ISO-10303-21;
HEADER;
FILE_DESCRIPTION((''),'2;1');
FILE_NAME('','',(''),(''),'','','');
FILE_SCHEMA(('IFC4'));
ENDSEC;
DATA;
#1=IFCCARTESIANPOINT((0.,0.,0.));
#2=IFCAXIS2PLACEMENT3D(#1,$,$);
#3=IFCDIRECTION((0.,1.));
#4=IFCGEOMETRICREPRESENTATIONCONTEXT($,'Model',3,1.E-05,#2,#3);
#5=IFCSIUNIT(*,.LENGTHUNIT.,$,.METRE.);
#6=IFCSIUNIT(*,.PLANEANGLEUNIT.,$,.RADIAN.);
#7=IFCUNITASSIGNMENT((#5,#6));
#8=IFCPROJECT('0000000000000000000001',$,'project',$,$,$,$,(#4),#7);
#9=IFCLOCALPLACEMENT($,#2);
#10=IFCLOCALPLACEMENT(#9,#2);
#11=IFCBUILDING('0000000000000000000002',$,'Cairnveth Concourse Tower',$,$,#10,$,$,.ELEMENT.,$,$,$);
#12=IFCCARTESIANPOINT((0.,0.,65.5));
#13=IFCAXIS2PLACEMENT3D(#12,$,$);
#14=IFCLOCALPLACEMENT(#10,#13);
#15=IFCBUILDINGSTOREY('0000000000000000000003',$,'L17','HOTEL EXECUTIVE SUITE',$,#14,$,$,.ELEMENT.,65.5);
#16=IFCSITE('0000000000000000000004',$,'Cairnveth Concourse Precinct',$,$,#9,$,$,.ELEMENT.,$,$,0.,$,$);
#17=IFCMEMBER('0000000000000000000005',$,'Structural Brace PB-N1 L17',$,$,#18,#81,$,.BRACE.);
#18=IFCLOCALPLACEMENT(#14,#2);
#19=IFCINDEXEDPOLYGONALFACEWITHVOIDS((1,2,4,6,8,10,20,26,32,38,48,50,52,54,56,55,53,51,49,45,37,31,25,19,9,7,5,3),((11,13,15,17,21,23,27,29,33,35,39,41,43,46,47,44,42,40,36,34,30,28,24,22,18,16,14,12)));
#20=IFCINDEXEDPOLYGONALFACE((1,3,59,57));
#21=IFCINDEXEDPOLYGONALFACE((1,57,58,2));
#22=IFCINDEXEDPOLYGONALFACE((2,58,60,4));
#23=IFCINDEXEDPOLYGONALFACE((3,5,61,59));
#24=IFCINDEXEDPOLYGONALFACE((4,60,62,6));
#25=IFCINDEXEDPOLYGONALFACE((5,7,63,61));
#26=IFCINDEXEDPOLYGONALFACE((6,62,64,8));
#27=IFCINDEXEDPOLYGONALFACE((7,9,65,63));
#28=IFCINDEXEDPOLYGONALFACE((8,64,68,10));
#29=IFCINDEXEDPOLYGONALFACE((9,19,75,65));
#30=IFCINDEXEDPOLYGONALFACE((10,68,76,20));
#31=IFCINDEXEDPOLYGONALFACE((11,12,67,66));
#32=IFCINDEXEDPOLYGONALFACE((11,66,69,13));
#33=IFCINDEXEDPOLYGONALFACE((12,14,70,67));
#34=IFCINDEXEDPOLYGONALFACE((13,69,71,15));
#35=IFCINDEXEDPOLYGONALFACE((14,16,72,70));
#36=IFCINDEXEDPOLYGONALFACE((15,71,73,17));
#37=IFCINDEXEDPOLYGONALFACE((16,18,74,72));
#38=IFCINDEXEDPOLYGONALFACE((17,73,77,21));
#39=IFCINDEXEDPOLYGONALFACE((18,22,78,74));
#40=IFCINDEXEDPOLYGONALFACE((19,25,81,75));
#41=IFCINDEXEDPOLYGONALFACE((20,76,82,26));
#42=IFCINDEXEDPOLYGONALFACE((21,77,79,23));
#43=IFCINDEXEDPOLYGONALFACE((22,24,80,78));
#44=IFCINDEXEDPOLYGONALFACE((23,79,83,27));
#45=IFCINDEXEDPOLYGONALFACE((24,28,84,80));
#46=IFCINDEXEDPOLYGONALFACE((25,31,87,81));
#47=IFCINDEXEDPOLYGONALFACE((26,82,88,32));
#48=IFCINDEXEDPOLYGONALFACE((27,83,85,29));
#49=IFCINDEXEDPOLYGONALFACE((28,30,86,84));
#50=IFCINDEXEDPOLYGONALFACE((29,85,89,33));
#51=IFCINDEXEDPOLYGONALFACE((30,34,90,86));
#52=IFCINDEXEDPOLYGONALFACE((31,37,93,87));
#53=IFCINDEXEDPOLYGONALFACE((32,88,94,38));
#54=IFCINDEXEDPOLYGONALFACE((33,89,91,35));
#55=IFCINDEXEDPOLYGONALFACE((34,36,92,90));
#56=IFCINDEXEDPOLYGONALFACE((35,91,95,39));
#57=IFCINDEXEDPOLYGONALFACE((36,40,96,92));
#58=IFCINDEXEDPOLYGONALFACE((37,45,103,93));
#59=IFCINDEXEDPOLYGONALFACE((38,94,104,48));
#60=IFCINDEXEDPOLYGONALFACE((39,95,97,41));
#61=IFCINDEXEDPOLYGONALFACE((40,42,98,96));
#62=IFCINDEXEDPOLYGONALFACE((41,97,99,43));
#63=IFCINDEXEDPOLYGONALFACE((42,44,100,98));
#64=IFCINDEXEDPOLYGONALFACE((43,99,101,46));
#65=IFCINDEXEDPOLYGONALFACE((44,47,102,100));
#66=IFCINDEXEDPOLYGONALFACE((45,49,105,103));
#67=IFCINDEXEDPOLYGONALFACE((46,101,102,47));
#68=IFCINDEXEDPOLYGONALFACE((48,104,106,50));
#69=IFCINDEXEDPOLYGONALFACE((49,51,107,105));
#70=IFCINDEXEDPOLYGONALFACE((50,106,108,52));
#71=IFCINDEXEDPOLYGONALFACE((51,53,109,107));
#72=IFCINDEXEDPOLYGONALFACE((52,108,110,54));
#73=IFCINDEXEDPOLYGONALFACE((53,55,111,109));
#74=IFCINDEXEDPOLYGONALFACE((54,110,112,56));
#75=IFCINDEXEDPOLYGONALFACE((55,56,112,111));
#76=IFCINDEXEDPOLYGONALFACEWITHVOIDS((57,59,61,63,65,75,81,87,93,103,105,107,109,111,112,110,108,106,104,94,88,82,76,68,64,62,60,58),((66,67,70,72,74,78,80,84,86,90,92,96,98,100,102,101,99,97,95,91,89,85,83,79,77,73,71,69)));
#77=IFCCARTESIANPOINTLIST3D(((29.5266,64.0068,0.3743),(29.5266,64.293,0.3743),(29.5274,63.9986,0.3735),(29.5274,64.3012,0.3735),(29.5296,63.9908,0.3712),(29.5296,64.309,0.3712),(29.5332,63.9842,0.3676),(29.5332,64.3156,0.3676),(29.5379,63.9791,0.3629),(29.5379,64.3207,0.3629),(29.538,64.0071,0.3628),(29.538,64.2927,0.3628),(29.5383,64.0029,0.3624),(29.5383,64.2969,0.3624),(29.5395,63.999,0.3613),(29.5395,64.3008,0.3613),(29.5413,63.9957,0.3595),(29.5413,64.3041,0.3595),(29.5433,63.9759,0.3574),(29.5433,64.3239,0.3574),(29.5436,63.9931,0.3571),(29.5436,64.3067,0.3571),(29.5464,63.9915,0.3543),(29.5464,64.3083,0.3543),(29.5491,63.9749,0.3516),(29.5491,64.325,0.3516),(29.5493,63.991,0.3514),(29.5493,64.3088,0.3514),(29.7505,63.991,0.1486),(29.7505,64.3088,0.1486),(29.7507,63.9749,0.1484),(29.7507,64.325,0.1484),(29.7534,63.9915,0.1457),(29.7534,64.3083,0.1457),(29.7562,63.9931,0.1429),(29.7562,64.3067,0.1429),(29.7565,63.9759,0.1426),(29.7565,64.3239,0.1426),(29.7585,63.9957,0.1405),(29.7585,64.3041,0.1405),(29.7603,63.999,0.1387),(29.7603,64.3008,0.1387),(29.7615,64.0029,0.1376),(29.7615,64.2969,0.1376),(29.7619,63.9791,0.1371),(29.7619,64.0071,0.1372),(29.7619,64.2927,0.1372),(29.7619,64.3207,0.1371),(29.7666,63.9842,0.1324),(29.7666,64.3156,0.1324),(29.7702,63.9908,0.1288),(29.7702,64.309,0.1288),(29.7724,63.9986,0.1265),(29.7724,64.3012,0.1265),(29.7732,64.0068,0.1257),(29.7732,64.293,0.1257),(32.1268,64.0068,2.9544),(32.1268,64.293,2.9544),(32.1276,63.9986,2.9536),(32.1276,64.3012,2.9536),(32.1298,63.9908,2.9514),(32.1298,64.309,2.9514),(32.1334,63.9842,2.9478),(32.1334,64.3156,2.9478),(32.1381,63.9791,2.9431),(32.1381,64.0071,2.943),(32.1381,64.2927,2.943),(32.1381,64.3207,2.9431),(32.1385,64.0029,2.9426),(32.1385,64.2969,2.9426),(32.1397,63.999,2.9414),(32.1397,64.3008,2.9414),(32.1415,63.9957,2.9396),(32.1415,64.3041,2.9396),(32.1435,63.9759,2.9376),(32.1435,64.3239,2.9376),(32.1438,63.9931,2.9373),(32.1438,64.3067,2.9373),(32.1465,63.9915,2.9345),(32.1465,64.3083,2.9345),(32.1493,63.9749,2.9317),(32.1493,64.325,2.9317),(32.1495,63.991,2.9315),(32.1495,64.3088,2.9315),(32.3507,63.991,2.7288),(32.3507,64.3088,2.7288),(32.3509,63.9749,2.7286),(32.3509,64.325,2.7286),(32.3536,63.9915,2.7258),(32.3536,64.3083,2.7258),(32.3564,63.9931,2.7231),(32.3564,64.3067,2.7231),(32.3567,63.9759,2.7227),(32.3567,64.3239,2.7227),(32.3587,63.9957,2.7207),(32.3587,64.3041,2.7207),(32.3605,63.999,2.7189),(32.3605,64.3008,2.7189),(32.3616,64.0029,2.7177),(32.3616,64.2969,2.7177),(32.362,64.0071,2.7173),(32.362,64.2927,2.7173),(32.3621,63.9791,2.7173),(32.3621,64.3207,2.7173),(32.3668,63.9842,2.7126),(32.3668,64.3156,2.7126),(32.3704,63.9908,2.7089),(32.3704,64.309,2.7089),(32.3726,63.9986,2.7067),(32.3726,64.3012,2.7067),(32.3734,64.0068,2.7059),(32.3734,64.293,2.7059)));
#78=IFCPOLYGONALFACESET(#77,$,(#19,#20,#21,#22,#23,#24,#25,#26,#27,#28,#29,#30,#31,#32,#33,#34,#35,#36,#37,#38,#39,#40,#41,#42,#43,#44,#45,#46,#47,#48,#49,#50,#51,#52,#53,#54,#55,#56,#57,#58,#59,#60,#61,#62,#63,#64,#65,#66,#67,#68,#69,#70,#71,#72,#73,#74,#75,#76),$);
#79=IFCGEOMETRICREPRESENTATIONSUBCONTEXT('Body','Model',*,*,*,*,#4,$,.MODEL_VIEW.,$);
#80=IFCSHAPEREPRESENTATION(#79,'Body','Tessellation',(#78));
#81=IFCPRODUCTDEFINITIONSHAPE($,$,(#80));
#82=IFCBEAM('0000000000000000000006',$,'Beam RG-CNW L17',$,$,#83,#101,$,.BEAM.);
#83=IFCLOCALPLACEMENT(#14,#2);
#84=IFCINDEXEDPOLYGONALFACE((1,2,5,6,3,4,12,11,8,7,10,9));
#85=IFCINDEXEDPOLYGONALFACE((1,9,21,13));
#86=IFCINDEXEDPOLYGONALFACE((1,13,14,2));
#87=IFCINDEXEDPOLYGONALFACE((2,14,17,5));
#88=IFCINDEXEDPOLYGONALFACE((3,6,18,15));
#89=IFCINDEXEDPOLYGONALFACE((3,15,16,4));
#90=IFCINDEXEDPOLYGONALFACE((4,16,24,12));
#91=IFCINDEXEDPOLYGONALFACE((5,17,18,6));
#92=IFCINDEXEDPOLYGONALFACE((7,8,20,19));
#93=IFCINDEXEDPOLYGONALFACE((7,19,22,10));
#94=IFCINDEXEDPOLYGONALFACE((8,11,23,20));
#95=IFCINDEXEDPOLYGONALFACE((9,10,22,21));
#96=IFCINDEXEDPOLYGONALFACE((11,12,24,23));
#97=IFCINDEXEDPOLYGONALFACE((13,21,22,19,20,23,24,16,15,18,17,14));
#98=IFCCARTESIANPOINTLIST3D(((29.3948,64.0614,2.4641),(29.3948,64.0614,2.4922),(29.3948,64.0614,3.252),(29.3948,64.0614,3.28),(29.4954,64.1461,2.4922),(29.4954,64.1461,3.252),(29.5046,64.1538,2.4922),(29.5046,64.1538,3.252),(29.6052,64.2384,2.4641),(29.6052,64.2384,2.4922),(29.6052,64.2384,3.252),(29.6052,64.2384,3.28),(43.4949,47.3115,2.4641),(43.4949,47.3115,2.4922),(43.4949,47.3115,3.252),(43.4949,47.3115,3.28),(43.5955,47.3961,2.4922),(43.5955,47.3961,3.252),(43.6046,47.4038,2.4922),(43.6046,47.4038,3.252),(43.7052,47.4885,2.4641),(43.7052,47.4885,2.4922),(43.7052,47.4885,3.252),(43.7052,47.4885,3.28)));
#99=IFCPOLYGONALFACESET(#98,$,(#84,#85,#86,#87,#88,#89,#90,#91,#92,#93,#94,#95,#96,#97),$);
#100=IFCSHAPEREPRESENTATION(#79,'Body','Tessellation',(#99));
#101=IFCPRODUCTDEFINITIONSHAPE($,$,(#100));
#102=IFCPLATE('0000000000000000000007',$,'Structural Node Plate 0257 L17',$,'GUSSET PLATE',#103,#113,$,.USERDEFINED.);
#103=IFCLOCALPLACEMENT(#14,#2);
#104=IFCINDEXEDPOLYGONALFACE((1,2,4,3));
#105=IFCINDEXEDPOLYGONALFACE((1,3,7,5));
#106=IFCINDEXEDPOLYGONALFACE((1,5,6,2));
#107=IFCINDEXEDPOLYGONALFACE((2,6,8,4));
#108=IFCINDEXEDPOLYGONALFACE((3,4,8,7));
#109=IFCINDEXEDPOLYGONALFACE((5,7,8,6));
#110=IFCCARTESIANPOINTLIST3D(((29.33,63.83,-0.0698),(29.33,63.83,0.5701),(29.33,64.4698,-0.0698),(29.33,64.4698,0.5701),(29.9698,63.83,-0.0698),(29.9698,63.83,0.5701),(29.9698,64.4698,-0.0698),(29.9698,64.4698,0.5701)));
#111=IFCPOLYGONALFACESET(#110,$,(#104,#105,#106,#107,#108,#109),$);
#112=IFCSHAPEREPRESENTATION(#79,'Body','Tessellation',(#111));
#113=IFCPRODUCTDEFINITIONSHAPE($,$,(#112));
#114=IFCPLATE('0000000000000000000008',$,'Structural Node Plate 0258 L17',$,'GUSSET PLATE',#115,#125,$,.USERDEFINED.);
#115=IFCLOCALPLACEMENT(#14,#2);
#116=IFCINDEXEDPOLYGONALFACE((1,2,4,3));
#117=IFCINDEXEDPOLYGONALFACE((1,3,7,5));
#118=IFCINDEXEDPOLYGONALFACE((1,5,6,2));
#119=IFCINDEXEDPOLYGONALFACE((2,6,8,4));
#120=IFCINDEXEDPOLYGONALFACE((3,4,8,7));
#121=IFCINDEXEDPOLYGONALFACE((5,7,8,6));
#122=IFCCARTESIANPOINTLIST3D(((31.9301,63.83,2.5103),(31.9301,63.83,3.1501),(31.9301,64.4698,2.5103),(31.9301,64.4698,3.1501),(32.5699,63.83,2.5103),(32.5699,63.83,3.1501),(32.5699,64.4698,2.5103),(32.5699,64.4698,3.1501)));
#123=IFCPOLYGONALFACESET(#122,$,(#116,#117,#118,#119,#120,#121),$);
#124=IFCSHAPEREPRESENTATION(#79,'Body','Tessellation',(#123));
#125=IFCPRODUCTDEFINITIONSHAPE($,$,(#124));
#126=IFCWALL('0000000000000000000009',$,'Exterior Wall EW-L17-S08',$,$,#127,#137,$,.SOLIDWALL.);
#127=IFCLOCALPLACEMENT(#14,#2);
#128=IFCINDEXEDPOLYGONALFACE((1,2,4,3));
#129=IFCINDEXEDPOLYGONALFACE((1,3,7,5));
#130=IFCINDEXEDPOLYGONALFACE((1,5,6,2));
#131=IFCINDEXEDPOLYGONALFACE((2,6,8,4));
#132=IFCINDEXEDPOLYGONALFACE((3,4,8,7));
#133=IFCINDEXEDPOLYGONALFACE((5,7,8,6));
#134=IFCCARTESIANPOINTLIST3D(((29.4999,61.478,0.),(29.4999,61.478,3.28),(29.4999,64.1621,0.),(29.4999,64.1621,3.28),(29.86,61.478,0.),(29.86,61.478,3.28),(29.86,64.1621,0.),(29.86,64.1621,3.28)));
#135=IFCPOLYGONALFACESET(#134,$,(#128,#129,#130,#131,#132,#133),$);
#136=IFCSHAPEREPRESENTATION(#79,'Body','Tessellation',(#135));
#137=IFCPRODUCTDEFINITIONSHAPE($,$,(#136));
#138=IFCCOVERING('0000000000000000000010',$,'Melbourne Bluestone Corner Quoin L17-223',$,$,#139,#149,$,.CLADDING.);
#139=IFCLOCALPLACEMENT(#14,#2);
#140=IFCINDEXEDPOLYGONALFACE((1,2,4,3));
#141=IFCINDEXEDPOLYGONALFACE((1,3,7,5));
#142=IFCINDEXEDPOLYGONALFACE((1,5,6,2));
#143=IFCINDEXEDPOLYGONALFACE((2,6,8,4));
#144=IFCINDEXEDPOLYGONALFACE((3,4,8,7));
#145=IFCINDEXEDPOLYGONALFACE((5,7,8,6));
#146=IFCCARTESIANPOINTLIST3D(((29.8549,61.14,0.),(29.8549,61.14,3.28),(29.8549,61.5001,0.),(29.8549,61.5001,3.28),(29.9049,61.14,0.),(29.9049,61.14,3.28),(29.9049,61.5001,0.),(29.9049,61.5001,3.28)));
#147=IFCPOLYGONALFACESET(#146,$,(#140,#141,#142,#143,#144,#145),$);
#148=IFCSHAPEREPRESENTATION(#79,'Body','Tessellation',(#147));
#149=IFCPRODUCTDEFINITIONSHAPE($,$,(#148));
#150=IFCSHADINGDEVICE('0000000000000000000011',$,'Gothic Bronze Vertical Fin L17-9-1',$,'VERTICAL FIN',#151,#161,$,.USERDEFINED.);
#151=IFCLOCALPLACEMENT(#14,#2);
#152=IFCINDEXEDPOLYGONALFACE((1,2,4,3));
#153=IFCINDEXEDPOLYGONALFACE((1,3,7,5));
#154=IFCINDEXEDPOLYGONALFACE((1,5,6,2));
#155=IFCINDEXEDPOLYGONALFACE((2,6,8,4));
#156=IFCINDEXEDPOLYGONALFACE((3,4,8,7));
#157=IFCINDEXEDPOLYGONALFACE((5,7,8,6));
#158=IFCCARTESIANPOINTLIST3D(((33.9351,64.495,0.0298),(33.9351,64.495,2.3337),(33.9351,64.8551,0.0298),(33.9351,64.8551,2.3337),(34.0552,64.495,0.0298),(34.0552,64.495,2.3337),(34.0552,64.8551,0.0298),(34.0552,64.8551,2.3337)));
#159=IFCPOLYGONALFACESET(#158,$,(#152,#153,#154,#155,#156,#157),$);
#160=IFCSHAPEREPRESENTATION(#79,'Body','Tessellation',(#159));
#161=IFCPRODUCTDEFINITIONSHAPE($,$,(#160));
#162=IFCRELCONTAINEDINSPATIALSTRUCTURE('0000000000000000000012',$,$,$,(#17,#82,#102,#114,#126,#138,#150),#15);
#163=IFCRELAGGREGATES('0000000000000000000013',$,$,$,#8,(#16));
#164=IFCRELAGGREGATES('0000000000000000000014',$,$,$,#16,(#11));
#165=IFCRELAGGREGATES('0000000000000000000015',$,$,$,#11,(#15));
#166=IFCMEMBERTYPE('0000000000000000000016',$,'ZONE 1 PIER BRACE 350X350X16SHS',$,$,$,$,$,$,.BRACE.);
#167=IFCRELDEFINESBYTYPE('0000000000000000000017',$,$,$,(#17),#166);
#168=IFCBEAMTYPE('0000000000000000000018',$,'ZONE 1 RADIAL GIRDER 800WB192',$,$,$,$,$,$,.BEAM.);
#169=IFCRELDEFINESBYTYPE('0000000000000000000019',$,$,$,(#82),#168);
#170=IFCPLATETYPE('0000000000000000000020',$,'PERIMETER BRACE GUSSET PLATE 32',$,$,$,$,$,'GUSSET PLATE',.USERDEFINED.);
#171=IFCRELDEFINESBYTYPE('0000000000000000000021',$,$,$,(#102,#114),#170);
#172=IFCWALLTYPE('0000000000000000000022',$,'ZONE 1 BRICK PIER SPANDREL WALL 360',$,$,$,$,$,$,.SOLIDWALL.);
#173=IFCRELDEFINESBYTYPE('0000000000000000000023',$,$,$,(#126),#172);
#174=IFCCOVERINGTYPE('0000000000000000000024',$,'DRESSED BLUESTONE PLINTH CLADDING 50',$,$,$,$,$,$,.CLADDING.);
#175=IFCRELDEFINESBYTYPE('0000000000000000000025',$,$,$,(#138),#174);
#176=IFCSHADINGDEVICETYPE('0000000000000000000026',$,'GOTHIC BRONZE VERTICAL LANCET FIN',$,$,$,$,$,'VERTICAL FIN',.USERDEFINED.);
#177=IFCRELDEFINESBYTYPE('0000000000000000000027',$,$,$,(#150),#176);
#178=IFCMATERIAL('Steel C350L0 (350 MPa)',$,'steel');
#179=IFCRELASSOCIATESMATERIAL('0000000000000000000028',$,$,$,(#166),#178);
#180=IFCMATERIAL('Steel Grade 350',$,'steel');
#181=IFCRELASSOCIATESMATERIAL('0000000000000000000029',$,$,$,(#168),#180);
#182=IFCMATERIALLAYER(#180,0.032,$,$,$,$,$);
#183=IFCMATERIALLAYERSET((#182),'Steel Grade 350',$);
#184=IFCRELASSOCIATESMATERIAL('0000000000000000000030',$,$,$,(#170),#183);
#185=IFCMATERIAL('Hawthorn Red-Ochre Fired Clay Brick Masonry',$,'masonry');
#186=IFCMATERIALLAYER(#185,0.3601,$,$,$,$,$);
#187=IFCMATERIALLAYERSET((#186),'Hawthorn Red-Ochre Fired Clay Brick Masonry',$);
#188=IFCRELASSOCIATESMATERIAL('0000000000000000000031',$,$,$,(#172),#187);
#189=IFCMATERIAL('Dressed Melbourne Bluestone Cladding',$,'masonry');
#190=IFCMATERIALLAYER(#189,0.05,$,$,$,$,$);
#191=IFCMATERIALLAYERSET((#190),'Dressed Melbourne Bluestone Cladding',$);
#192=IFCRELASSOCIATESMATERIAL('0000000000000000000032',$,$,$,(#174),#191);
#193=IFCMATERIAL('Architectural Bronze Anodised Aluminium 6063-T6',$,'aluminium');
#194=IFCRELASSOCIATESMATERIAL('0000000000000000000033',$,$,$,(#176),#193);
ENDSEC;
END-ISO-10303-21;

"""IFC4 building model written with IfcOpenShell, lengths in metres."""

from ifc_helpers import new_model, si_unit, direction, frame, frame_2d, origin, origin_2d, place, context, subcontext, project, spatial, rectangle, hollow_rectangle, i_section, extrude, material, layer, layer_set, material_profile, profile_set, type_object, element, save


model = new_model("IFC4")

# Units and contexts
model_context = context("Model", 3, precision=1e-05, world=origin(), true_north=direction((0.0, 1.0)))
body_context = subcontext(model_context, "Body", "Model", "MODEL_VIEW")
ifc_project = project(units=[si_unit("LENGTHUNIT", "METRE"), si_unit("PLANEANGLEUNIT", "RADIAN")], contexts=[model_context])

# Site, building, storey
site_placement = place(None, origin())
site = spatial("IfcSite", under=ifc_project, at=site_placement, Name="Cairnveth Concourse Precinct", CompositionType="ELEMENT", RefElevation=0.0)
building_placement = place(site_placement, origin())
building = spatial("IfcBuilding", under=site, at=building_placement, Name="Cairnveth Concourse Tower", CompositionType="ELEMENT")
storey_placement = place(building_placement, frame((0.0, 0.0, 65.5)))
storey = spatial("IfcBuildingStorey", under=building, at=storey_placement, Name="L17", Description="HOTEL EXECUTIVE SUITE", CompositionType="ELEMENT", Elevation=65.5)

# Member
ifc_material_1 = material(Name="Steel C350L0 (350 MPa)", Category="steel")
ifc_material_profile_1 = material_profile(ifc_material_1, hollow_rectangle(XDim=0.3501, YDim=0.3501, WallThickness=0.0161, InnerFilletRadius=0.0161, OuterFilletRadius=0.032, at=origin_2d()), Name="350x350x16.0SHS")
ifc_profile_set_1 = profile_set([ifc_material_profile_1], Name="Steel C350L0 (350 MPa)")
member_type = type_object("IfcMemberType", Name="ZONE 1 PIER BRACE 350X350X16SHS", PredefinedType="BRACE", material=ifc_profile_set_1)
member_placement = place(storey_placement, frame((29.6499, 64.1499, 0.25), z_axis=(0.709834, 0.0, 0.704369), x_axis=(0.0, 1.0, 0.0)))
element("IfcMember", 1, at=member_placement, inside=storey, type_object=member_type, Name="Structural Brace PB-N1 L17", PredefinedType="BRACE", context=body_context, shape_type="SweptSolid", body=[
    extrude(hollow_rectangle(XDim=0.3501, YDim=0.3501, WallThickness=0.0161, InnerFilletRadius=0.0161, OuterFilletRadius=0.032, at=origin_2d()), origin(), (0.0, 0.0, 1.0), 3.6631),
])

# Beam
ifc_material_2 = material(Name="Steel Grade 350", Category="steel")
ifc_material_profile_2 = material_profile(ifc_material_2, i_section(OverallWidth=0.2749, OverallDepth=0.8159, WebThickness=0.012, FlangeThickness=0.0281, at=origin_2d()), Name="800WB192")
ifc_profile_set_2 = profile_set([ifc_material_profile_2], Name="Steel Grade 350")
beam_type = type_object("IfcBeamType", Name="ZONE 1 RADIAL GIRDER 800WB192", PredefinedType="BEAM", material=ifc_profile_set_2)
beam_placement = place(storey_placement, frame((29.5, 64.1499, 2.8721), z_axis=(0.643998, -0.765027, 0.0), x_axis=(0.765027, 0.643998, 0.0)))
element("IfcBeam", 2, at=beam_placement, inside=storey, type_object=beam_type, Name="Beam RG-CNW L17", PredefinedType="BEAM", context=body_context, shape_type="SweptSolid", body=[
    extrude(i_section(OverallWidth=0.2749, OverallDepth=0.8159, WebThickness=0.012, FlangeThickness=0.0281, at=origin_2d()), origin(), (0.0, 0.0, 1.0), 21.8945),
])

# Plates
ifc_layer_1 = layer(ifc_material_2, 0.032)
ifc_layer_set_1 = layer_set([ifc_layer_1], Name="Steel Grade 350")
plate_type = type_object("IfcPlateType", Name="PERIMETER BRACE GUSSET PLATE 32", ElementType="GUSSET PLATE", PredefinedType="USERDEFINED", material=ifc_layer_set_1)
for number, where, z_axis, x_axis, name in (
    (3, (29.6499, 64.1499, -0.0698), (0.0, 0.0, 1.0), (1.0, 0.0, 0.0), "Structural Node Plate 0257 L17"),
    (4, (32.25, 64.1499, 2.5103), (0.0, 0.0, 1.0), (1.0, 0.0, 0.0), "Structural Node Plate 0258 L17"),
):
    element("IfcPlate", number, at=place(storey_placement, frame(where, z_axis=z_axis, x_axis=x_axis)), inside=storey, type_object=plate_type, Name=name, ObjectType="GUSSET PLATE", PredefinedType="USERDEFINED", context=body_context, shape_type="SweptSolid", body=[
        extrude(rectangle(XDim=0.6399, YDim=0.6399, at=origin_2d()), origin(), (0.0, 0.0, 1.0), 0.6399),
    ])

# Wall
ifc_material_3 = material(Name="Hawthorn Red-Ochre Fired Clay Brick Masonry", Category="masonry")
ifc_layer_2 = layer(ifc_material_3, 0.3601)
ifc_layer_set_2 = layer_set([ifc_layer_2], Name="Hawthorn Red-Ochre Fired Clay Brick Masonry")
wall_type = type_object("IfcWallType", Name="ZONE 1 BRICK PIER SPANDREL WALL 360", PredefinedType="SOLIDWALL", material=ifc_layer_set_2)
wall_1_placement = place(storey_placement, frame((29.6799, 61.478, 0.0), z_axis=(0.0, 0.0, 1.0), x_axis=(0.0, 1.0, 0.0)))
element("IfcWall", 5, at=wall_1_placement, inside=storey, type_object=wall_type, Name="Exterior Wall EW-L17-S08", PredefinedType="SOLIDWALL", context=body_context, shape_type="SweptSolid", body=[
    extrude(rectangle(XDim=2.6841, YDim=0.3601, at=frame_2d((1.342, 0.0))), origin(), (0.0, 0.0, 1.0), 3.28),
])

# Covering
ifc_material_4 = material(Name="Dressed Melbourne Bluestone Cladding", Category="masonry")
ifc_layer_3 = layer(ifc_material_4, 0.05)
ifc_layer_set_3 = layer_set([ifc_layer_3], Name="Dressed Melbourne Bluestone Cladding")
covering_type = type_object("IfcCoveringType", Name="DRESSED BLUESTONE PLINTH CLADDING 50", PredefinedType="CLADDING", material=ifc_layer_set_3)
covering_placement = place(storey_placement, frame((29.8799, 61.1399, 0.0), z_axis=(0.0, 0.0, 1.0), x_axis=(0.0, 1.0, 0.0)))
element("IfcCovering", 6, at=covering_placement, inside=storey, type_object=covering_type, Name="Melbourne Bluestone Corner Quoin L17-223", PredefinedType="CLADDING", context=body_context, shape_type="SweptSolid", body=[
    extrude(rectangle(XDim=0.3601, YDim=0.05, at=frame_2d((0.1802, 0.0))), origin(), (0.0, 0.0, 1.0), 3.28),
])

# Shading device
ifc_material_5 = material(Name="Architectural Bronze Anodised Aluminium 6063-T6", Category="aluminium")
shading_device_type = type_object("IfcShadingDeviceType", Name="GOTHIC BRONZE VERTICAL LANCET FIN", ElementType="VERTICAL FIN", PredefinedType="USERDEFINED", material=ifc_material_5)
shading_device_placement = place(storey_placement, frame((33.9951, 64.675, 0.0298), z_axis=(0.0, 0.0, 1.0), x_axis=(1.0, 0.0, 0.0)))
element("IfcShadingDevice", 7, at=shading_device_placement, inside=storey, type_object=shading_device_type, Name="Gothic Bronze Vertical Fin L17-9-1", ObjectType="VERTICAL FIN", PredefinedType="USERDEFINED", context=body_context, shape_type="SweptSolid", body=[
    extrude(rectangle(XDim=0.1201, YDim=0.3601, at=origin_2d()), origin(), (0.0, 0.0, 1.0), 2.304),
])

save(model, "model.ifc")
